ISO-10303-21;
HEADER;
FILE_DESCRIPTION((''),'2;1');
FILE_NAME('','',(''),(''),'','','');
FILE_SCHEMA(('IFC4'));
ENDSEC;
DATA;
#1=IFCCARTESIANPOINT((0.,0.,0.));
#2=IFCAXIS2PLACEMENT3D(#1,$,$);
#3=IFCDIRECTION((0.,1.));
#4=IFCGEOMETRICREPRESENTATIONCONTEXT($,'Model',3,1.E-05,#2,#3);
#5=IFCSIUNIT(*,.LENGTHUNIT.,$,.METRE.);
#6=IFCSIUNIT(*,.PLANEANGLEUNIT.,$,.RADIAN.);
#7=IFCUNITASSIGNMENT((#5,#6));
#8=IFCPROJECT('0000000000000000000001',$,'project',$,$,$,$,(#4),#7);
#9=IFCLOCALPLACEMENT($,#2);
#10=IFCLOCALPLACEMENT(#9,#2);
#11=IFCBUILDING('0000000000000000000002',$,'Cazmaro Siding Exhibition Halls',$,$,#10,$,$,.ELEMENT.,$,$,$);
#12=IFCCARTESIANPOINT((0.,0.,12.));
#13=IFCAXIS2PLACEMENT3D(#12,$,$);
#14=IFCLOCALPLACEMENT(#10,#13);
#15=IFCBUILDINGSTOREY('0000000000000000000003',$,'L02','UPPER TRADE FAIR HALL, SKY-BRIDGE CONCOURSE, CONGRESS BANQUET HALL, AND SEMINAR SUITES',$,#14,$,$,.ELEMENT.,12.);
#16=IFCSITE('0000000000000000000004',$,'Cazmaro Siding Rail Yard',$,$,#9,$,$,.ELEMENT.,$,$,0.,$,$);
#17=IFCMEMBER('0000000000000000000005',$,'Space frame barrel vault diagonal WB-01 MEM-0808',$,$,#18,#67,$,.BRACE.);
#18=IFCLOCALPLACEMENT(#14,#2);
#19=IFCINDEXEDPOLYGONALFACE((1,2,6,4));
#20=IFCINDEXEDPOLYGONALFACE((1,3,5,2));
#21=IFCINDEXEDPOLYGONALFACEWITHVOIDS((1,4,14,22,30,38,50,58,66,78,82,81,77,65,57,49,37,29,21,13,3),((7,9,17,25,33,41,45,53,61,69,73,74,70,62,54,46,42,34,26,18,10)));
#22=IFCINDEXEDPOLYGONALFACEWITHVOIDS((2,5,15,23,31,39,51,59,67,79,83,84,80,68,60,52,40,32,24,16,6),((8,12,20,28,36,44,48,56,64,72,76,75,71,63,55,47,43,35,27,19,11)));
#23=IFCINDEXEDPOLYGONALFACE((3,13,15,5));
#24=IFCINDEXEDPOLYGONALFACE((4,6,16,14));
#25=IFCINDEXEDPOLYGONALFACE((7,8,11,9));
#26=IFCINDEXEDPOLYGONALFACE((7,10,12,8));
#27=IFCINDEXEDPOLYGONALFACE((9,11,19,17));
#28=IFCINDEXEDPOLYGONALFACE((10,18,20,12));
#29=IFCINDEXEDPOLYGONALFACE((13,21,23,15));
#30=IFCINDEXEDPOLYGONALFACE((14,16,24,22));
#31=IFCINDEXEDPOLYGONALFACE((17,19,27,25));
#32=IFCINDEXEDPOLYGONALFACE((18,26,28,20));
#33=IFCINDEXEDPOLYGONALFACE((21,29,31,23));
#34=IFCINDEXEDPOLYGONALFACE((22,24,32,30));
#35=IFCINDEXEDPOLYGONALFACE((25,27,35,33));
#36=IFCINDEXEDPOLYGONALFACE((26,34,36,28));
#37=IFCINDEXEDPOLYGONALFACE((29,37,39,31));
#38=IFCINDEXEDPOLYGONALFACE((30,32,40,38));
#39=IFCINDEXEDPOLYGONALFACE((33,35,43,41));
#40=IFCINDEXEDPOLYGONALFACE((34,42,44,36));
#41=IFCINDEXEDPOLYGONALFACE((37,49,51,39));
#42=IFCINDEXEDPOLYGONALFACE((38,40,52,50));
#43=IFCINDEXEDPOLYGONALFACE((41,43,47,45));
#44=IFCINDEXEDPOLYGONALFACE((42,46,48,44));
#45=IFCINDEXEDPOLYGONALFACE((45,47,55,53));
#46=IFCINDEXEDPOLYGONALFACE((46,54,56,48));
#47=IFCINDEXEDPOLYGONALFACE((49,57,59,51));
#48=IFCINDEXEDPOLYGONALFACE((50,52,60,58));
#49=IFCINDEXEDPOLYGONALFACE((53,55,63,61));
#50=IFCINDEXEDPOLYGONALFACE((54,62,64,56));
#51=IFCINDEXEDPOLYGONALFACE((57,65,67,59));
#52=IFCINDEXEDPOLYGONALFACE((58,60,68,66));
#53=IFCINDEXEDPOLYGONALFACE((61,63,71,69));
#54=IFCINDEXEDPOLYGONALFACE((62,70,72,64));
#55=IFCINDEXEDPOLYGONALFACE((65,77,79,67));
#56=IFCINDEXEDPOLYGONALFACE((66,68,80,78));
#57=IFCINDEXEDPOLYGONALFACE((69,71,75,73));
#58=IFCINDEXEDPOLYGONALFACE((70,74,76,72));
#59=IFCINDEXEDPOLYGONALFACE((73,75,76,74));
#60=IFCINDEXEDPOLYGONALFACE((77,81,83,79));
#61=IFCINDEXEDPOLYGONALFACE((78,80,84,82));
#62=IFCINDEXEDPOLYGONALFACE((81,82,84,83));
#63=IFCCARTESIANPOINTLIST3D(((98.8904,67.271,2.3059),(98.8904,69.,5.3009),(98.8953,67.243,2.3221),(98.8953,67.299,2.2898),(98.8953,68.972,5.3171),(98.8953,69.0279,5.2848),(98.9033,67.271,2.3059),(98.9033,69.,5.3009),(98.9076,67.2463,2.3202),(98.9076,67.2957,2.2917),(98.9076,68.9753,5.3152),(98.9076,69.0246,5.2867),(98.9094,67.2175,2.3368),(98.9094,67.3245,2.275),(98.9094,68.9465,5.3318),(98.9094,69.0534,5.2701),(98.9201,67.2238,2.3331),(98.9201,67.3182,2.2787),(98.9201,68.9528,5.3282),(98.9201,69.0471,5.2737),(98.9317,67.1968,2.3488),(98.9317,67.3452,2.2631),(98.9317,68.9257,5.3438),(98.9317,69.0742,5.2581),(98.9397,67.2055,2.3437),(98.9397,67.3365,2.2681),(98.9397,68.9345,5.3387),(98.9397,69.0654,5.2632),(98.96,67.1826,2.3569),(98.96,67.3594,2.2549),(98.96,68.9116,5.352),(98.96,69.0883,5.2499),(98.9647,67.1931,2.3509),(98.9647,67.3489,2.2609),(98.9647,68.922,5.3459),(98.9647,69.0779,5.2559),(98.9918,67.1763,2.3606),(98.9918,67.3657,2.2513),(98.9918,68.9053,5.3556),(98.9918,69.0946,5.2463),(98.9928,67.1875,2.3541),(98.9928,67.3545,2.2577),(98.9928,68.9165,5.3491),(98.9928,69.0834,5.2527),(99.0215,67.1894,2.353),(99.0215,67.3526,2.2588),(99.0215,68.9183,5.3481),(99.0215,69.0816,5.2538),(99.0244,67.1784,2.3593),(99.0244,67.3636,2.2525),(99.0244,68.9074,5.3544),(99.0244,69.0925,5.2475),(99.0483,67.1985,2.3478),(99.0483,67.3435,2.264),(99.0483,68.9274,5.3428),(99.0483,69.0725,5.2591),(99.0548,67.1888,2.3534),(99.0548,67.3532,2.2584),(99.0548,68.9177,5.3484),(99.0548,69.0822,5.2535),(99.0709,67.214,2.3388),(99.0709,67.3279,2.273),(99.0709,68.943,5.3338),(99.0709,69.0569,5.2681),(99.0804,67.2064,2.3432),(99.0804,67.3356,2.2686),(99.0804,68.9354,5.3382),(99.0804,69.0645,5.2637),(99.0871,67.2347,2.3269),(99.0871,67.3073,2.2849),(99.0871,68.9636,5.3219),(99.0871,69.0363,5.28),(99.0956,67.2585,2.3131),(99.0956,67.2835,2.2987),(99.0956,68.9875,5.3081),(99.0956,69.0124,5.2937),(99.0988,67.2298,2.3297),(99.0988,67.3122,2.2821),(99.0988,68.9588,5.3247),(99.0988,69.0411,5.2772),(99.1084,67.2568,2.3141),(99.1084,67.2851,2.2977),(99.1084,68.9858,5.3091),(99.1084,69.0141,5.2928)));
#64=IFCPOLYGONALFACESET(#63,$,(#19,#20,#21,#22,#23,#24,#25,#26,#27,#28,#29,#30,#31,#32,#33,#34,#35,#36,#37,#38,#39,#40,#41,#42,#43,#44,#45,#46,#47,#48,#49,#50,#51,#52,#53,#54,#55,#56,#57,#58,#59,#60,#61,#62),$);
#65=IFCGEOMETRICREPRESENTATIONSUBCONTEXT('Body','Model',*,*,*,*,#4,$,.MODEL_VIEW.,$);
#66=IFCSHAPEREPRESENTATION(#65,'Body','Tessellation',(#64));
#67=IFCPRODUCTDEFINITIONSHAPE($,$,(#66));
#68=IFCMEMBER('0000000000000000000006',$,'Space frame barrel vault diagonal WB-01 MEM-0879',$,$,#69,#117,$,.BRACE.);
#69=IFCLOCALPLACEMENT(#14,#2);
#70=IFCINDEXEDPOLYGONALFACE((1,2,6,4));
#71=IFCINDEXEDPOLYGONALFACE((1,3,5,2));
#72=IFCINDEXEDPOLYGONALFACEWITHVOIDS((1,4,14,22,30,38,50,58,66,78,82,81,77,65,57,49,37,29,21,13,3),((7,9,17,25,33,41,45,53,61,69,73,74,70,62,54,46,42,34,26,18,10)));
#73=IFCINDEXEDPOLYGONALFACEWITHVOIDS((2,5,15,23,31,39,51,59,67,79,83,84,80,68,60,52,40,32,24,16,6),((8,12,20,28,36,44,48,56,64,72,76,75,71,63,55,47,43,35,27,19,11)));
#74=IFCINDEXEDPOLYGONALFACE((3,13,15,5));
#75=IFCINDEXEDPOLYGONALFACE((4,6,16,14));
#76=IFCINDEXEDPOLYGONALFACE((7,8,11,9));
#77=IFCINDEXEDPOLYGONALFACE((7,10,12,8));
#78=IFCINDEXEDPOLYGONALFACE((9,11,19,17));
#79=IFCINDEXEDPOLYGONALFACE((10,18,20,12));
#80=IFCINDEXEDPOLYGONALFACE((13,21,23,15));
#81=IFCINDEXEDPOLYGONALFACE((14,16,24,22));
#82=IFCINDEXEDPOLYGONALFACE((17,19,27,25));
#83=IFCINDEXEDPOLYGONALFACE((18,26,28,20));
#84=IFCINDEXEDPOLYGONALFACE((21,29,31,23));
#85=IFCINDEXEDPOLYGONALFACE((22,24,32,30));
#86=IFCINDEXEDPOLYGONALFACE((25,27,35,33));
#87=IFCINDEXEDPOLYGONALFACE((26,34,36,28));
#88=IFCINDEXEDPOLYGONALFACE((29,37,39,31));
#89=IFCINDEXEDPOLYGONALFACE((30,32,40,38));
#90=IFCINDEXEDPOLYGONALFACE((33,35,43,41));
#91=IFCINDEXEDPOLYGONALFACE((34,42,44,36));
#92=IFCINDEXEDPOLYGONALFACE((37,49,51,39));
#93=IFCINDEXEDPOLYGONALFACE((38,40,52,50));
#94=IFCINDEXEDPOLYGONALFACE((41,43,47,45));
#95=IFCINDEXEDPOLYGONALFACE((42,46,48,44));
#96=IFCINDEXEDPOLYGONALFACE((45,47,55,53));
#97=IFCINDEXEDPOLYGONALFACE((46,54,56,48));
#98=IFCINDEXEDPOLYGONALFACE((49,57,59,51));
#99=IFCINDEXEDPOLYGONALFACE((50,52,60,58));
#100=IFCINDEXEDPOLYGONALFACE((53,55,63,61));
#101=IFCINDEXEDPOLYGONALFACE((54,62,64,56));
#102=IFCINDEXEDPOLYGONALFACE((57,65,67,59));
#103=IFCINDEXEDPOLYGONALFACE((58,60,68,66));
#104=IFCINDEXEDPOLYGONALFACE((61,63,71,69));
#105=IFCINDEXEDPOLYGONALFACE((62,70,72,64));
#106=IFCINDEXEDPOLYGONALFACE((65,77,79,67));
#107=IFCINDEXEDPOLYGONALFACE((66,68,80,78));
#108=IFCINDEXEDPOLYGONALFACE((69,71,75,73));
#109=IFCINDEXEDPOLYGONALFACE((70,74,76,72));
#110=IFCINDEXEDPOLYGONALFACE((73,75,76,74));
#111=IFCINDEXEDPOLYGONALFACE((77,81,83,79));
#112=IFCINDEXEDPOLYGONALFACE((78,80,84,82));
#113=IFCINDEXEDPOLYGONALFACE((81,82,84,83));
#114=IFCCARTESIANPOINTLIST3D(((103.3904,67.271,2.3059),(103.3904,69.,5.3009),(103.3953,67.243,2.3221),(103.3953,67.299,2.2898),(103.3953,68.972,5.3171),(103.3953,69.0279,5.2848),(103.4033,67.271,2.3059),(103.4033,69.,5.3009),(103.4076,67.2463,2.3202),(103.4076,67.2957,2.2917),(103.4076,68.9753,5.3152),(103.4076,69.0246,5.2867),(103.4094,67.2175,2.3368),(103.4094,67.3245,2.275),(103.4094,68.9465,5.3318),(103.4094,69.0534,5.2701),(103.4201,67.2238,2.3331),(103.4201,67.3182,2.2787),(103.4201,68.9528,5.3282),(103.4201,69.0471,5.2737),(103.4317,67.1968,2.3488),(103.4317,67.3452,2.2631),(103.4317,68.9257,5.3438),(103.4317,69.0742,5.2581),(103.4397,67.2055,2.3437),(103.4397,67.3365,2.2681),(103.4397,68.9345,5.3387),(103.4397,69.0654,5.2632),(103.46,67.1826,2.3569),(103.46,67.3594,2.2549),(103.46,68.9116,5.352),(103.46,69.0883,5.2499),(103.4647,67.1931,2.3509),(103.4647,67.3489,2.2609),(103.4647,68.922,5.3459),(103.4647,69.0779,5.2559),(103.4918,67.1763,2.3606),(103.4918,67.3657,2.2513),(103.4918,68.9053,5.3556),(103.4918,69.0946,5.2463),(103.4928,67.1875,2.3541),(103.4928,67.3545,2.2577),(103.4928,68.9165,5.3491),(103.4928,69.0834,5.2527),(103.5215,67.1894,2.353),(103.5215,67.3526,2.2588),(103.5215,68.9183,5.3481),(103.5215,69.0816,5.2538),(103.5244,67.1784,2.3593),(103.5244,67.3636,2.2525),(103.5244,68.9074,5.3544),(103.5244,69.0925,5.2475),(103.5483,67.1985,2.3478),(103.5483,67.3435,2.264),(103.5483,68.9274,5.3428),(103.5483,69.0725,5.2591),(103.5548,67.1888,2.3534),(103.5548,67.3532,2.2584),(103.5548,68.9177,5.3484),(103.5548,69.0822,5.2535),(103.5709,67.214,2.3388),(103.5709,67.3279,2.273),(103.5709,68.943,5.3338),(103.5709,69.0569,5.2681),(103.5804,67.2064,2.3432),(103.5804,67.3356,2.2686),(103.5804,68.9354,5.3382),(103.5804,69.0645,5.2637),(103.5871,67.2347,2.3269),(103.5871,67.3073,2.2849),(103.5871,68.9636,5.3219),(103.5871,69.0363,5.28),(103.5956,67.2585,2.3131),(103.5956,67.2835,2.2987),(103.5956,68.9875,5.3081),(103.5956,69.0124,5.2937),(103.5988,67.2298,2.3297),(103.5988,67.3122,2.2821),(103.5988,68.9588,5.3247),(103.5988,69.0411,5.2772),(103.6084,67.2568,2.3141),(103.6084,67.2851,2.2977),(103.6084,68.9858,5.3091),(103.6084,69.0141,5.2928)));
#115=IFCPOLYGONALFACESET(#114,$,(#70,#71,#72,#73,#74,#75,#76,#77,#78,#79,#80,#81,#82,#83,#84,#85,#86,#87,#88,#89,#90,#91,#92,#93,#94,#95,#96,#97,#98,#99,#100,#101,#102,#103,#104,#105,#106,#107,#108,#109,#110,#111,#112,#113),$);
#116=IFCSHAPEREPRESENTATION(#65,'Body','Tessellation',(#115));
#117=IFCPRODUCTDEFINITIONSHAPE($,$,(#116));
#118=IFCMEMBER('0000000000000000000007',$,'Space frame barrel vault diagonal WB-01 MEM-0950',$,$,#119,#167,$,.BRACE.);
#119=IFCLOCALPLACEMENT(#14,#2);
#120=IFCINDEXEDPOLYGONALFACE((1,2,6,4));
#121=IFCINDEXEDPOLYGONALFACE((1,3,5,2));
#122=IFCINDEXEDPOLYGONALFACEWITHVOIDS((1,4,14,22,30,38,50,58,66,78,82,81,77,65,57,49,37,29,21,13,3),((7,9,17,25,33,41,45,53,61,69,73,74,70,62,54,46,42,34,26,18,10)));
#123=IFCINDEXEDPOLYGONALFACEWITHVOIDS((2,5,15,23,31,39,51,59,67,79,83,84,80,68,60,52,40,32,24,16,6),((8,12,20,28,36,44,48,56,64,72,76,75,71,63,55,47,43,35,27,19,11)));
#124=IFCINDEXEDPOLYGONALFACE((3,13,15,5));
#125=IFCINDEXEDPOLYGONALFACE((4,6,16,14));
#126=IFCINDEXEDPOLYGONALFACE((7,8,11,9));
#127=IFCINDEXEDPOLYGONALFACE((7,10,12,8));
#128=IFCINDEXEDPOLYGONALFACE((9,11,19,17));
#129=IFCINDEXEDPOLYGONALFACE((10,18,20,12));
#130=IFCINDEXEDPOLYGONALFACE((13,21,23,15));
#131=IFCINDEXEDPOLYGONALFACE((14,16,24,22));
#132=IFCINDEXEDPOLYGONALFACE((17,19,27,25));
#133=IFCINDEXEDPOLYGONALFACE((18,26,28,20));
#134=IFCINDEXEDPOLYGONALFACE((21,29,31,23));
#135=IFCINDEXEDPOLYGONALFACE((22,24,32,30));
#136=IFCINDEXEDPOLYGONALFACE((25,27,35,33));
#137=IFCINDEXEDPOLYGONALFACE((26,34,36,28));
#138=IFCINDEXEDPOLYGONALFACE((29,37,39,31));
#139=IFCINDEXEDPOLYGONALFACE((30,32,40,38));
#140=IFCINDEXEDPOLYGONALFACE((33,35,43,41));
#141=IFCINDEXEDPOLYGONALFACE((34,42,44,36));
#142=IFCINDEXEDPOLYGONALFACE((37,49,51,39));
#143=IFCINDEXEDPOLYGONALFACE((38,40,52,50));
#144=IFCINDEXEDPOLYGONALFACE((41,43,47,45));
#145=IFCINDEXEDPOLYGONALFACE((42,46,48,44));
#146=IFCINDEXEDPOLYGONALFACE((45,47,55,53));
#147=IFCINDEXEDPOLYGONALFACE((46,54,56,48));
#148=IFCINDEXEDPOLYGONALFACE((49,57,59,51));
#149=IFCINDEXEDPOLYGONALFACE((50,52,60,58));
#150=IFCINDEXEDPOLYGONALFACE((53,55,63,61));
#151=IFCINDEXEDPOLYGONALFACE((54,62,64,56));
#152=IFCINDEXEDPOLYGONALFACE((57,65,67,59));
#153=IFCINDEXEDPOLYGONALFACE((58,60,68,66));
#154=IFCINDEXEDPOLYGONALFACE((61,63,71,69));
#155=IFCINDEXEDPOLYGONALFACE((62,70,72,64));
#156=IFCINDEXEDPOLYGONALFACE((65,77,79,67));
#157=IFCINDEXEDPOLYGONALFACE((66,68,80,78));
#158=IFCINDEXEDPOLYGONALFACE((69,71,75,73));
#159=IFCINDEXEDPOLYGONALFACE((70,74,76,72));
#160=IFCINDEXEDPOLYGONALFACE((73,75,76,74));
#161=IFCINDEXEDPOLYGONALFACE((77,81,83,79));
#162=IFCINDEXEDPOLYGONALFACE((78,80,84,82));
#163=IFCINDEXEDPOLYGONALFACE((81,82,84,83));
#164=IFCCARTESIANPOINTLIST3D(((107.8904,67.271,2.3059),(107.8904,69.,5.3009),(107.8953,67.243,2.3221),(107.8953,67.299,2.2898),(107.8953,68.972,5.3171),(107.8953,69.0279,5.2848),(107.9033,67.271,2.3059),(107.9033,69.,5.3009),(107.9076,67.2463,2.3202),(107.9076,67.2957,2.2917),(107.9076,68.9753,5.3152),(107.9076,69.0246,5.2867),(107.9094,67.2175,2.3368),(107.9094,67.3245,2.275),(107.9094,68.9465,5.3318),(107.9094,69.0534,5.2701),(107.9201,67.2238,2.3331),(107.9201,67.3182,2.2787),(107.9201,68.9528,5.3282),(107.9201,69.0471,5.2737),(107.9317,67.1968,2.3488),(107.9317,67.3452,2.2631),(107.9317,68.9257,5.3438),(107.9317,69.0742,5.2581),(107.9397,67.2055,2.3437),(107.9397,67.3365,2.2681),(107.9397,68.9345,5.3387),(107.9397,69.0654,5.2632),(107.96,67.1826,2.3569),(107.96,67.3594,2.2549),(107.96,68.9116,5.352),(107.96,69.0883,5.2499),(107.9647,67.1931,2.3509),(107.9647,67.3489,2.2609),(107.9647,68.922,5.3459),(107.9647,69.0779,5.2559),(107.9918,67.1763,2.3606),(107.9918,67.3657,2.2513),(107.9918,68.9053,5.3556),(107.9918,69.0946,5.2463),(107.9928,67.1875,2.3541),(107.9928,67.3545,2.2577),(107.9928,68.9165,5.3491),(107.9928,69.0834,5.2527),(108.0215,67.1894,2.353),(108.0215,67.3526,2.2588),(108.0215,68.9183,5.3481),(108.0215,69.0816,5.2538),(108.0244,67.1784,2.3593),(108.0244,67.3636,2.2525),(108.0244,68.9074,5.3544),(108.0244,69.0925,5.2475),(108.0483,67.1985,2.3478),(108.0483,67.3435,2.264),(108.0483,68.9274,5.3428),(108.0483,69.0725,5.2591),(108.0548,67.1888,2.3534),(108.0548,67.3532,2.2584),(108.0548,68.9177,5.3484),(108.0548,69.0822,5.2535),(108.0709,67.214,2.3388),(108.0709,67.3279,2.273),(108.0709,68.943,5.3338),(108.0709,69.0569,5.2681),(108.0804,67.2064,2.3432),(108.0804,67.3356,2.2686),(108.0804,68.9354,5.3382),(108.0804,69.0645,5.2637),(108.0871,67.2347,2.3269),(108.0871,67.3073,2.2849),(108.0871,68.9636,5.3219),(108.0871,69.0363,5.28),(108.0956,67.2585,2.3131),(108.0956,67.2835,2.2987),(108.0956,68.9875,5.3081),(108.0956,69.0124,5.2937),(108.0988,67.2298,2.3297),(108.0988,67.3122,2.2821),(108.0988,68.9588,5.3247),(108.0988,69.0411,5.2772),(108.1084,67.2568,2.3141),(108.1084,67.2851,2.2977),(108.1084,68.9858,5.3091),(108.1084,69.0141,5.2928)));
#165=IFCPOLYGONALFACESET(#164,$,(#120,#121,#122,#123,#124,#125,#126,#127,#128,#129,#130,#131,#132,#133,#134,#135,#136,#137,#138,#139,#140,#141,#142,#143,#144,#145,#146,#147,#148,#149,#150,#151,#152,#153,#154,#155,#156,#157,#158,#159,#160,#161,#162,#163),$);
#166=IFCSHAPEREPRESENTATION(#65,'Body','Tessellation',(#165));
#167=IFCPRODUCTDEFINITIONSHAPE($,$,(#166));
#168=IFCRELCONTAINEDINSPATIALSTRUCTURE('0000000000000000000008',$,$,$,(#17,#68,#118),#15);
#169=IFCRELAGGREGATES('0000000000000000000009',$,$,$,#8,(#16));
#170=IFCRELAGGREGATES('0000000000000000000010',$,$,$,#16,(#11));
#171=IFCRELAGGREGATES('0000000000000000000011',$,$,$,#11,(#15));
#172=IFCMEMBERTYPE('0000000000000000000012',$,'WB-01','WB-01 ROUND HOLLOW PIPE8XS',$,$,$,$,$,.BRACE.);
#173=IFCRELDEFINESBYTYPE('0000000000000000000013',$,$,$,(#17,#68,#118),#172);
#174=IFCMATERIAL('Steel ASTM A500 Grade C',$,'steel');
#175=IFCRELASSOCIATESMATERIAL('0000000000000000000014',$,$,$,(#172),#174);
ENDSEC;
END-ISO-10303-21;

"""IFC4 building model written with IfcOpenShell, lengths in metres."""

from ifc_helpers import new_model, si_unit, direction, frame, origin, origin_2d, place, context, subcontext, project, spatial, hollow_circle, extrude, material, material_profile, profile_set, type_object, element, save


model = new_model("IFC4")

# Units and contexts
model_context = context("Model", 3, precision=1e-05, world=origin(), true_north=direction((0.0, 1.0)))
body_context = subcontext(model_context, "Body", "Model", "MODEL_VIEW")
ifc_project = project(units=[si_unit("LENGTHUNIT", "METRE"), si_unit("PLANEANGLEUNIT", "RADIAN")], contexts=[model_context])

# Site, building, storey
site_placement = place(None, origin())
site = spatial("IfcSite", under=ifc_project, at=site_placement, Name="Cazmaro Siding Rail Yard", CompositionType="ELEMENT", RefElevation=0.0)
building_placement = place(site_placement, origin())
building = spatial("IfcBuilding", under=site, at=building_placement, Name="Cazmaro Siding Exhibition Halls", CompositionType="ELEMENT")
storey_placement = place(building_placement, frame((0.0, 0.0, 12.0)))
storey = spatial("IfcBuildingStorey", under=building, at=storey_placement, Name="L02", Description="UPPER TRADE FAIR HALL, SKY-BRIDGE CONCOURSE, CONGRESS BANQUET HALL, AND SEMINAR SUITES", CompositionType="ELEMENT", Elevation=12.0)

# Members
ifc_material_1 = material(Name="Steel ASTM A500 Grade C", Category="steel")
ifc_material_profile_1 = material_profile(ifc_material_1, hollow_circle(Radius=0.1096, WallThickness=0.0129, at=origin_2d()), Name="PIPE8XS")
ifc_profile_set_1 = profile_set([ifc_material_profile_1], Name="Steel ASTM A500 Grade C")
member_type_1 = type_object("IfcMemberType", Name="WB-01", Description="WB-01 ROUND HOLLOW PIPE8XS", PredefinedType="BRACE", material=ifc_profile_set_1)
for number, where, z_axis, x_axis, name in (
    (1, (99.0, 67.271, 2.3059), (0.0, 0.499951, 0.866054), (-1.0, 0.0, 0.0), "Space frame barrel vault diagonal WB-01 MEM-0808"),
    (2, (103.5, 67.271, 2.3059), (0.0, 0.499951, 0.866054), (-1.0, 0.0, 0.0), "Space frame barrel vault diagonal WB-01 MEM-0879"),
    (3, (108.0, 67.271, 2.3059), (0.0, 0.499951, 0.866054), (-1.0, 0.0, 0.0), "Space frame barrel vault diagonal WB-01 MEM-0950"),
):
    element("IfcMember", number, at=place(storey_placement, frame(where, z_axis=z_axis, x_axis=x_axis)), inside=storey, type_object=member_type_1, Name=name, PredefinedType="BRACE", context=body_context, shape_type="SweptSolid", body=[
        extrude(hollow_circle(Radius=0.1096, WallThickness=0.0129, at=origin_2d()), origin(), (0.0, 0.0, 1.0), 3.4583),
    ])

save(model, "model.ifc")
